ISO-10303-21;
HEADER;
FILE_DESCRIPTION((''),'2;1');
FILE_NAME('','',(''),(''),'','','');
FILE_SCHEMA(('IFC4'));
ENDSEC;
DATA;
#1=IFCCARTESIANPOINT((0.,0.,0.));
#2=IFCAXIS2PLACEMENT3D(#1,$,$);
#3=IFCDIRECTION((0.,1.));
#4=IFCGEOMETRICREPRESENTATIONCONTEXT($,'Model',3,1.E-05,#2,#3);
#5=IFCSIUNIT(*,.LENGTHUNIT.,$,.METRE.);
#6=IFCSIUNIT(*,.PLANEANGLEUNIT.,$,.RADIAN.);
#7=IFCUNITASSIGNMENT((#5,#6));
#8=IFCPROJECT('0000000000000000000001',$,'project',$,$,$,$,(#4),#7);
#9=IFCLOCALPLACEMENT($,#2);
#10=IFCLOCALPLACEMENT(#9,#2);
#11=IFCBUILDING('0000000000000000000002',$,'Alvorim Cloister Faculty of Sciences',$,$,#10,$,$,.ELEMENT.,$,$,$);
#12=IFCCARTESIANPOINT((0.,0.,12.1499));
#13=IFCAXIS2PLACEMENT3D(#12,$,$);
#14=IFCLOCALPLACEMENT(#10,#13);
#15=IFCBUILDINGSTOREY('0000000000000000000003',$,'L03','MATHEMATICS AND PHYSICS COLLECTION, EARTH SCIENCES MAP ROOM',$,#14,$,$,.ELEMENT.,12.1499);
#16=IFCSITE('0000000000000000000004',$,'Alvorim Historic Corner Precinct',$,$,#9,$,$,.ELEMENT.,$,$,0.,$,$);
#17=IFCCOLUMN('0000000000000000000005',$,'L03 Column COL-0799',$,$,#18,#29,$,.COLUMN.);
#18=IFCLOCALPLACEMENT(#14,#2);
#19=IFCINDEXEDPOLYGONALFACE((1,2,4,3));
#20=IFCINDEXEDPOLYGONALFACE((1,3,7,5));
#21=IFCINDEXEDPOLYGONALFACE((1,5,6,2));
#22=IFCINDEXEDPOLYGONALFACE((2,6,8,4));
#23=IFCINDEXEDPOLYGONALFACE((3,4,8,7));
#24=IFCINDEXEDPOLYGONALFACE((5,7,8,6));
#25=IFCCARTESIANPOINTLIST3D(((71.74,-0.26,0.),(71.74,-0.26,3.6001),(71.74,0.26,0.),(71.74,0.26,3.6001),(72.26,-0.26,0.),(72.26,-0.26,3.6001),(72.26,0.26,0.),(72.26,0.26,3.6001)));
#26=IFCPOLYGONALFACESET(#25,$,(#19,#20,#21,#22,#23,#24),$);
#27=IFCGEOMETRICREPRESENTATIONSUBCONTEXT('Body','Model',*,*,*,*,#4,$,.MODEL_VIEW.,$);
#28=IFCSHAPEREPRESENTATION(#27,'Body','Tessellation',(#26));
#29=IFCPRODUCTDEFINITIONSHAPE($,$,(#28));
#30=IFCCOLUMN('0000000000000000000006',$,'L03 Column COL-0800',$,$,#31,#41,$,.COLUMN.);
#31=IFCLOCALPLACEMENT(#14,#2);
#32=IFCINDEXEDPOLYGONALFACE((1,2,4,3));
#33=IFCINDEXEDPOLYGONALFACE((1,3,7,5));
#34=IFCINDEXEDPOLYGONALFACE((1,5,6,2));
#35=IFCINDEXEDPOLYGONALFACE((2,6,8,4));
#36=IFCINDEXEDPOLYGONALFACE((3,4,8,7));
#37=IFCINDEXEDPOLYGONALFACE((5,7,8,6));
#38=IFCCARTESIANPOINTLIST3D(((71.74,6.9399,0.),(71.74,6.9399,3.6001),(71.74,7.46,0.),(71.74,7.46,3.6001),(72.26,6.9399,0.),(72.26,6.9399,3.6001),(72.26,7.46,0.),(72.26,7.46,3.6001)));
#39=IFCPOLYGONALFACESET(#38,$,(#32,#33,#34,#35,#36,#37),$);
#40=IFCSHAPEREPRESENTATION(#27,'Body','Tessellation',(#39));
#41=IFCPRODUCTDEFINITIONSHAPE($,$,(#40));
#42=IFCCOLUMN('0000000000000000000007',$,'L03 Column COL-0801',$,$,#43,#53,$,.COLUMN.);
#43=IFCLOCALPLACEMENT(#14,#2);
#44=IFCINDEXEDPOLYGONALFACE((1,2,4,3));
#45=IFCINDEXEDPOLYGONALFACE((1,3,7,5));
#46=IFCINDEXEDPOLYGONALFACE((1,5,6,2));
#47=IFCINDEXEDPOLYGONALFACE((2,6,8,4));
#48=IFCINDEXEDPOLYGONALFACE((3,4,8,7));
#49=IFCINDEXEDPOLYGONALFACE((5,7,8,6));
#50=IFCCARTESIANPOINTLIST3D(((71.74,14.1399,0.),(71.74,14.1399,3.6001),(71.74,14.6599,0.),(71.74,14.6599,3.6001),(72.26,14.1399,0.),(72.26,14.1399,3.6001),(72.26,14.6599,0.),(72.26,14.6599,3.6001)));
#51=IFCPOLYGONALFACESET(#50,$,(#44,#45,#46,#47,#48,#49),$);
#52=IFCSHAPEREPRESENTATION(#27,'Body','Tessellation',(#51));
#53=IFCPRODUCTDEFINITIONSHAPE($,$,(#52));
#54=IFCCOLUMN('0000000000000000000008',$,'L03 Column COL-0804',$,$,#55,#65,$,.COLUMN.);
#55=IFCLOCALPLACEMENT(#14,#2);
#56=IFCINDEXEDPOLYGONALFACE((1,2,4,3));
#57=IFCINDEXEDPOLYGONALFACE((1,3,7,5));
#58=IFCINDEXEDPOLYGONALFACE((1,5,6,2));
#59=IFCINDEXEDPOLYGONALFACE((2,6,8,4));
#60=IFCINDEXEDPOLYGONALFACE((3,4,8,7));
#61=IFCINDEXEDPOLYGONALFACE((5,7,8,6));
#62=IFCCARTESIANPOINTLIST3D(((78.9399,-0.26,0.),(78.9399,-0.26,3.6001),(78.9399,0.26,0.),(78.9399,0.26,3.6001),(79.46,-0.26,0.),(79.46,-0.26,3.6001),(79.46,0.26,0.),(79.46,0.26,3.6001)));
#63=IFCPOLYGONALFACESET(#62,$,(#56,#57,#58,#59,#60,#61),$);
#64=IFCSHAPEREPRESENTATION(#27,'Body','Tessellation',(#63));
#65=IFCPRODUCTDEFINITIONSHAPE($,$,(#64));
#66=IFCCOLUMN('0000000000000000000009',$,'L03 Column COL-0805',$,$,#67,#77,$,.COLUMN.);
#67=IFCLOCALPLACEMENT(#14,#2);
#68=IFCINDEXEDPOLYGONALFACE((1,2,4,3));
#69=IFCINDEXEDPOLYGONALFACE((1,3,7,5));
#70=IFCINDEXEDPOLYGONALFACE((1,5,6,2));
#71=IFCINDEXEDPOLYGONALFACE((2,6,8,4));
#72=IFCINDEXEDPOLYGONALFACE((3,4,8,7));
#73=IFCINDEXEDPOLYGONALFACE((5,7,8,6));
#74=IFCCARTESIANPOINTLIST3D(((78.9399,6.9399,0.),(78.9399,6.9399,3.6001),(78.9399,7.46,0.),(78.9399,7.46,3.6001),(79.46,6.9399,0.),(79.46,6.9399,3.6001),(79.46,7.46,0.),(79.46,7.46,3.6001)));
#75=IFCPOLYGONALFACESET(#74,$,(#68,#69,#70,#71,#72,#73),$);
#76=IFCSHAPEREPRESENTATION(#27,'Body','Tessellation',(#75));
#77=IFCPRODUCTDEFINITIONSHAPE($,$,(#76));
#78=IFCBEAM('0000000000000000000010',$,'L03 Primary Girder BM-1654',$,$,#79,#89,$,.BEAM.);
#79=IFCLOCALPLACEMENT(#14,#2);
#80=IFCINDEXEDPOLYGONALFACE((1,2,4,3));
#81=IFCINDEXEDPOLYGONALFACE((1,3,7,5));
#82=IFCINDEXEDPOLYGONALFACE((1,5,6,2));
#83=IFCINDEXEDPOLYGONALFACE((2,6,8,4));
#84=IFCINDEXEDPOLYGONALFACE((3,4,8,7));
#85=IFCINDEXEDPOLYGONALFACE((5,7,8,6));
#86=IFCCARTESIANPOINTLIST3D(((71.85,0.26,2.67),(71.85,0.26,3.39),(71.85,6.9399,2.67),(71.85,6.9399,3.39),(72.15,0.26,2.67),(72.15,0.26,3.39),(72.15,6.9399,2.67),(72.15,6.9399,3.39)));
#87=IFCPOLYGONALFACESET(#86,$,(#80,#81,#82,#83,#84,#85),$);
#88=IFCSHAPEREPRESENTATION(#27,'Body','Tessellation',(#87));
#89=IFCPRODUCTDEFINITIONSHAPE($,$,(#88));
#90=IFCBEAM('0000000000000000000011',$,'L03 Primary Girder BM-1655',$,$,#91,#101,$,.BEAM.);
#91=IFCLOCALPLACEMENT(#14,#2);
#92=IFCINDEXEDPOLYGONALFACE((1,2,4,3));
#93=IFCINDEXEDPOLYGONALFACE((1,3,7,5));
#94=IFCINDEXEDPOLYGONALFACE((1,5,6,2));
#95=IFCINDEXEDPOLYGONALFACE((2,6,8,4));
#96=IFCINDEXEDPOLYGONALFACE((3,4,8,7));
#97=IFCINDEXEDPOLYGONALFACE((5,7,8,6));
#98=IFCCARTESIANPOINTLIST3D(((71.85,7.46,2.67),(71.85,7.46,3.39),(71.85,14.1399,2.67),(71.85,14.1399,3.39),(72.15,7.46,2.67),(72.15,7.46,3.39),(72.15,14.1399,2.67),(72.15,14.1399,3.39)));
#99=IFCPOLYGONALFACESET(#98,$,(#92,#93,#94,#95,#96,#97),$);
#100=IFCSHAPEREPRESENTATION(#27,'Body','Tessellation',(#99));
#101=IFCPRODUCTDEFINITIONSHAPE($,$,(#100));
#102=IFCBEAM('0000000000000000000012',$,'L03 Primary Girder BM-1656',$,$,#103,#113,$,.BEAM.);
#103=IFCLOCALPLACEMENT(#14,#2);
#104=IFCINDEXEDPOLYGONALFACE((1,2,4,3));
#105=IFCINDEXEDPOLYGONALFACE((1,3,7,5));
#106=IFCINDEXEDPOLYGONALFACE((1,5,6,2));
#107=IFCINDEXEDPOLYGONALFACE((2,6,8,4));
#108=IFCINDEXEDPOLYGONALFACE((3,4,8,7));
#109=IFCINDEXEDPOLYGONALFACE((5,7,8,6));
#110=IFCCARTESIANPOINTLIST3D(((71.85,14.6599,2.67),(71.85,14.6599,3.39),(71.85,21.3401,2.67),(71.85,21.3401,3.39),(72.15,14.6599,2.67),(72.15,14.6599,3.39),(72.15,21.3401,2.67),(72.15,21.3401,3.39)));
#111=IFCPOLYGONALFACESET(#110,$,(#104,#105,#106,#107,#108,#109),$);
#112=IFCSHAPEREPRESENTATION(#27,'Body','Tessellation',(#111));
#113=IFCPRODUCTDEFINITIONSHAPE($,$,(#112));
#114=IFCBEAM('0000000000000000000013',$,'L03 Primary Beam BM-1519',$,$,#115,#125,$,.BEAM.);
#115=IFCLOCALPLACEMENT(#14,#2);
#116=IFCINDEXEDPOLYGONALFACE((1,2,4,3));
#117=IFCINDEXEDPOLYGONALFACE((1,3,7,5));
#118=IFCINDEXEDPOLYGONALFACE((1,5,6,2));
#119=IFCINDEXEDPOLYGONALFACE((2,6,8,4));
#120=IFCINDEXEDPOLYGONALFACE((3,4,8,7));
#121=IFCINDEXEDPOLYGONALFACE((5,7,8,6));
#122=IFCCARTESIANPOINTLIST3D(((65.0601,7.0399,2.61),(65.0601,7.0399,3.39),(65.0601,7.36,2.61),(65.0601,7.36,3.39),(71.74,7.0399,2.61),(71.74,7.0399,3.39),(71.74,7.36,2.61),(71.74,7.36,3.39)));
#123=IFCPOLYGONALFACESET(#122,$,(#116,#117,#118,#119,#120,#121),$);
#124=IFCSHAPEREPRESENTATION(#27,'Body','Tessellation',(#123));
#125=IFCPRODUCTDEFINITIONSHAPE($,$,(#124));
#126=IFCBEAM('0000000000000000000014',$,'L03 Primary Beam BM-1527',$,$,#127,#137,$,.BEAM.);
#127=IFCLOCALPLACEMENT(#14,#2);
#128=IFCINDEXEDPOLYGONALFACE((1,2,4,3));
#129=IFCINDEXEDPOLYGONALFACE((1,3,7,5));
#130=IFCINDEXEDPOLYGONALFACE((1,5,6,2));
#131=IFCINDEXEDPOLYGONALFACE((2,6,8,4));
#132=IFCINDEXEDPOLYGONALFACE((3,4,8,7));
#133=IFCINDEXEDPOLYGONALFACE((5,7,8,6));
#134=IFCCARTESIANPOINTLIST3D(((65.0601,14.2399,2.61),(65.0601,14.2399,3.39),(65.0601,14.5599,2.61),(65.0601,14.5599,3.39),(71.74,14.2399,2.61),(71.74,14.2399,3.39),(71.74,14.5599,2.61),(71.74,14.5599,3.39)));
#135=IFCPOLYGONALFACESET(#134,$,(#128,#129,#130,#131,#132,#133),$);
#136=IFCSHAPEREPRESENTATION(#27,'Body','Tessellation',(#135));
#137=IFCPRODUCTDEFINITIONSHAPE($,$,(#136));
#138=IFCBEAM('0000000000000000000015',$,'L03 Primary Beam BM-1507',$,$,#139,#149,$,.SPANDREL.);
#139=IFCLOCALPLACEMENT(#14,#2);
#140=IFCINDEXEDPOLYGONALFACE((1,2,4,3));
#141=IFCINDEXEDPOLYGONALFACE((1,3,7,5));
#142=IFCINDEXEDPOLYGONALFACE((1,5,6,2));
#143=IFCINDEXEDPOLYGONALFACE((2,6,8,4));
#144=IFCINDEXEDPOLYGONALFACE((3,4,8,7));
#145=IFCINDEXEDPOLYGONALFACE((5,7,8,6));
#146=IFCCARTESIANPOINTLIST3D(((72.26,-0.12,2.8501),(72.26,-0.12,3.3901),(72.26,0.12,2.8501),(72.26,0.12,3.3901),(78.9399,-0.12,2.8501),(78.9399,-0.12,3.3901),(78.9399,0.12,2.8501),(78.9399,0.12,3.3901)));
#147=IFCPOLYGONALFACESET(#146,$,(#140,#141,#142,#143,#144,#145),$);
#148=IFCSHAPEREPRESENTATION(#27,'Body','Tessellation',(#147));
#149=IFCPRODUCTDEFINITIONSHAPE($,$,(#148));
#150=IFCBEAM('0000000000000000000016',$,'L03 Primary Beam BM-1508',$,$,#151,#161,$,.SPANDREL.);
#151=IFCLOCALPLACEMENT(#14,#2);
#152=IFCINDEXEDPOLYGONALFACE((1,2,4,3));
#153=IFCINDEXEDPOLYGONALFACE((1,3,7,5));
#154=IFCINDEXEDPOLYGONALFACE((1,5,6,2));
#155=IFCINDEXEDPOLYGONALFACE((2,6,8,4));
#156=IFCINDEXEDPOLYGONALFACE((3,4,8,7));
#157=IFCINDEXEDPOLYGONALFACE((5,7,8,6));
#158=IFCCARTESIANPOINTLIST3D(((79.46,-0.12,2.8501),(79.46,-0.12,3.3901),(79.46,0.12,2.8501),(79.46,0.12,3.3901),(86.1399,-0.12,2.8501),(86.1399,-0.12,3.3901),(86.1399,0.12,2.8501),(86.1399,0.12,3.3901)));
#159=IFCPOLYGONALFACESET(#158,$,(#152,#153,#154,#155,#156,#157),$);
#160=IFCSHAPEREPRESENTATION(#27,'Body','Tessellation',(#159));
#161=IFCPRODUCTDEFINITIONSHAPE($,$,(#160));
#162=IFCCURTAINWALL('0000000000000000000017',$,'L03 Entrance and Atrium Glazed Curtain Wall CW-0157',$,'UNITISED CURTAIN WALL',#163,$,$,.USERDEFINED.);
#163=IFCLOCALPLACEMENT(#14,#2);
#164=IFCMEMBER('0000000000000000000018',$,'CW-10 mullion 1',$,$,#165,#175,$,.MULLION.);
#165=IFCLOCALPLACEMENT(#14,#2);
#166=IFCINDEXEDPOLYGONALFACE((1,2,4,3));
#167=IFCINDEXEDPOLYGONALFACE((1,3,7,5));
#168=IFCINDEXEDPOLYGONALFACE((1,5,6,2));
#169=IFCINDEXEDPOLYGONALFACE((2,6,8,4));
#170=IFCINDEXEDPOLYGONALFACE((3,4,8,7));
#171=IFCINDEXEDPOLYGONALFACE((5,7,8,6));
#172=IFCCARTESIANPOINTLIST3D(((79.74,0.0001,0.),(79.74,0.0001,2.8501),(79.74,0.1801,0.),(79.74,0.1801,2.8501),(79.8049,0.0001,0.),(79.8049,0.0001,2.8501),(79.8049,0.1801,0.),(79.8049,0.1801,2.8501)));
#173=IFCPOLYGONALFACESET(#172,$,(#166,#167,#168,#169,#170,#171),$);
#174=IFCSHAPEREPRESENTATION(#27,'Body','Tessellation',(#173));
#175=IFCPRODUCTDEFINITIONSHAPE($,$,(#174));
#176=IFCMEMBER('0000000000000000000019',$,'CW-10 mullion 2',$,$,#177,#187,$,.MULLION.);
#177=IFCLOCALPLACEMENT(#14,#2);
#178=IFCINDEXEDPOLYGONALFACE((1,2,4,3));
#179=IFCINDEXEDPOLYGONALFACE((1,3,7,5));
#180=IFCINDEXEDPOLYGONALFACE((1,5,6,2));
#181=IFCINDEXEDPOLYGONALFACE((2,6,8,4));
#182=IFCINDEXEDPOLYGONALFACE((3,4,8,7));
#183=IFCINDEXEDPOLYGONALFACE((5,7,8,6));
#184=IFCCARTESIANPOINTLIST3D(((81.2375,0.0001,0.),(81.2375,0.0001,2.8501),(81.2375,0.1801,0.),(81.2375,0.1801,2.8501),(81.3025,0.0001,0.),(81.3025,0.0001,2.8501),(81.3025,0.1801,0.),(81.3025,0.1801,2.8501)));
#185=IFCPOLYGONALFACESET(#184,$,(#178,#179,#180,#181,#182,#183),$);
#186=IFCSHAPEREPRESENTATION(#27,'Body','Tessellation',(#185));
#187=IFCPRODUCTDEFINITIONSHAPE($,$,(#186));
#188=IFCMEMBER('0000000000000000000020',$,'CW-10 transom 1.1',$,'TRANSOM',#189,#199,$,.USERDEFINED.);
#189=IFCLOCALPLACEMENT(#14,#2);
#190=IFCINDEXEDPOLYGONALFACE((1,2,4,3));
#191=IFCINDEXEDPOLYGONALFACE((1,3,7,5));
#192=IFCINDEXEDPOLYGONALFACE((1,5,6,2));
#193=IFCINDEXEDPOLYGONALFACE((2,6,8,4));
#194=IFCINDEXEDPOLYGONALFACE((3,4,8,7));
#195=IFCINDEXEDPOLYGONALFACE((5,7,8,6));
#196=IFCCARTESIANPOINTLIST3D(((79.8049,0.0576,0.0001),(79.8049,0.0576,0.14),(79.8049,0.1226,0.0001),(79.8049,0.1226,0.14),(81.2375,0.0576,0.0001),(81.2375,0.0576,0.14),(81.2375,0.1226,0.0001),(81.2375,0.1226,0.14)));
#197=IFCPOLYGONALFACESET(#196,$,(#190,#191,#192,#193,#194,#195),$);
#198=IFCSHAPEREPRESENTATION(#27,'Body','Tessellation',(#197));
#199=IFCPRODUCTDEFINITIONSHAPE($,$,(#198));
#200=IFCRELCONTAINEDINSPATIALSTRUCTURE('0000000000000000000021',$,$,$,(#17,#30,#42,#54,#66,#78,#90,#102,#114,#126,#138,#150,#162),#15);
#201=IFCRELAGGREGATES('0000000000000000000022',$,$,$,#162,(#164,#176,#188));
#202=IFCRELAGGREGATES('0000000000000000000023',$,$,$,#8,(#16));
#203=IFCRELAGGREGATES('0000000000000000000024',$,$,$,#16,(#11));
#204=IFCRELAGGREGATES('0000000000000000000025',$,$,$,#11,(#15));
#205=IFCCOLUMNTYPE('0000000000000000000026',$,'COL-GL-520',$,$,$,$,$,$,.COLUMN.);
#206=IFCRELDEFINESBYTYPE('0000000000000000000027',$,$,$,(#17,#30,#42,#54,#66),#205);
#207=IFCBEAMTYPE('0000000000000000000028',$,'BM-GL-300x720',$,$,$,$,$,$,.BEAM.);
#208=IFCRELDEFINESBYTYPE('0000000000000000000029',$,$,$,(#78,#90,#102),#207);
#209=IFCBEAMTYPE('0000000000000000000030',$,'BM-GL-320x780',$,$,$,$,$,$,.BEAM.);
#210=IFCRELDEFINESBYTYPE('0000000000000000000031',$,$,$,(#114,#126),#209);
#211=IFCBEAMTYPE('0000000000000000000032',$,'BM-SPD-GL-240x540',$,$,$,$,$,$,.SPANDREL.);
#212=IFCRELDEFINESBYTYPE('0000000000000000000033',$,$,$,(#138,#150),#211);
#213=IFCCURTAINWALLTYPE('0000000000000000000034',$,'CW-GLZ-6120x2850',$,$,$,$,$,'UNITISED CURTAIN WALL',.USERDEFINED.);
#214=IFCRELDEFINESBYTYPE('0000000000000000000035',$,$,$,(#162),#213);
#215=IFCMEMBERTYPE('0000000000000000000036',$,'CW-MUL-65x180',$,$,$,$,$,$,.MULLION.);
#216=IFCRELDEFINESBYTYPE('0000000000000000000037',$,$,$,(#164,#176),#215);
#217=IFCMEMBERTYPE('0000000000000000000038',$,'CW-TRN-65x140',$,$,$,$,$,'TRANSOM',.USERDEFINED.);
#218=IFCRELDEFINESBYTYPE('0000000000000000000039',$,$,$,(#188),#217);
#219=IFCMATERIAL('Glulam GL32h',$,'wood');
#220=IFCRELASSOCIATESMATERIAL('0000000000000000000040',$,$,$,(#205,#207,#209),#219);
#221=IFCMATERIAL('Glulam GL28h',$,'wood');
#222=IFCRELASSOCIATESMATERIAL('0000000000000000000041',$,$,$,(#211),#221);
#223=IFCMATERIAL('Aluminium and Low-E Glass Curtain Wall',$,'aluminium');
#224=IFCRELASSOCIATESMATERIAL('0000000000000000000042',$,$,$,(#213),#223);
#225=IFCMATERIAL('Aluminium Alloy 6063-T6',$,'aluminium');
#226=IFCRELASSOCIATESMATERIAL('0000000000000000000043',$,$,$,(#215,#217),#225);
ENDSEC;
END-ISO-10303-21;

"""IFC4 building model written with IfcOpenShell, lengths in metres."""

from ifc_helpers import new_model, si_unit, direction, frame, origin, origin_2d, place, context, subcontext, project, spatial, rectangle, extrude, material, material_profile, profile_set, type_object, element, aggregate, save


model = new_model("IFC4")

# Units and contexts
model_context = context("Model", 3, precision=1e-05, world=origin(), true_north=direction((0.0, 1.0)))
body_context = subcontext(model_context, "Body", "Model", "MODEL_VIEW")
ifc_project = project(units=[si_unit("LENGTHUNIT", "METRE"), si_unit("PLANEANGLEUNIT", "RADIAN")], contexts=[model_context])

# Site, building, storey
site_placement = place(None, origin())
site = spatial("IfcSite", under=ifc_project, at=site_placement, Name="Alvorim Historic Corner Precinct", CompositionType="ELEMENT", RefElevation=0.0)
building_placement = place(site_placement, origin())
building = spatial("IfcBuilding", under=site, at=building_placement, Name="Alvorim Cloister Faculty of Sciences", CompositionType="ELEMENT")
storey_placement = place(building_placement, frame((0.0, 0.0, 12.1499)))
storey = spatial("IfcBuildingStorey", under=building, at=storey_placement, Name="L03", Description="MATHEMATICS AND PHYSICS COLLECTION, EARTH SCIENCES MAP ROOM", CompositionType="ELEMENT", Elevation=12.1499)

# Columns
ifc_material_1 = material(Name="Glulam GL32h", Category="wood")
ifc_material_profile_1 = material_profile(ifc_material_1, rectangle(XDim=0.52, YDim=0.52, at=origin_2d()), Name="GL32-COL-520x520")
ifc_profile_set_1 = profile_set([ifc_material_profile_1], Name="Glulam GL32h")
column_type = type_object("IfcColumnType", Name="COL-GL-520", PredefinedType="COLUMN", material=ifc_profile_set_1)
for number, where, z_axis, x_axis, name in (
    (1, (72.0, 0.0, 0.0), (0.0, 0.0, 1.0), (1.0, 0.0, 0.0), "L03 Column COL-0799"),
    (2, (72.0, 7.2, 0.0), (0.0, 0.0, 1.0), (1.0, 0.0, 0.0), "L03 Column COL-0800"),
    (3, (72.0, 14.3999, 0.0), (0.0, 0.0, 1.0), (1.0, 0.0, 0.0), "L03 Column COL-0801"),
    (4, (79.2, 0.0, 0.0), (0.0, 0.0, 1.0), (1.0, 0.0, 0.0), "L03 Column COL-0804"),
    (5, (79.2, 7.2, 0.0), (0.0, 0.0, 1.0), (1.0, 0.0, 0.0), "L03 Column COL-0805"),
):
    element("IfcColumn", number, at=place(storey_placement, frame(where, z_axis=z_axis, x_axis=x_axis)), inside=storey, type_object=column_type, Name=name, PredefinedType="COLUMN", context=body_context, shape_type="SweptSolid", body=[
        extrude(rectangle(XDim=0.52, YDim=0.52, at=origin_2d()), origin(), (0.0, 0.0, 1.0), 3.6001),
    ])

# Beams
ifc_material_profile_2 = material_profile(ifc_material_1, rectangle(XDim=0.3, YDim=0.72, at=origin_2d()), Name="GL32-BM-300x720")
ifc_profile_set_2 = profile_set([ifc_material_profile_2], Name="Glulam GL32h")
beam_type_1 = type_object("IfcBeamType", Name="BM-GL-300x720", PredefinedType="BEAM", material=ifc_profile_set_2)
for number, where, z_axis, x_axis, name in (
    (6, (72.0, 0.26, 3.03), (0.0, 1.0, 0.0), (-1.0, 0.0, 0.0), "L03 Primary Girder BM-1654"),
    (7, (72.0, 7.46, 3.03), (0.0, 1.0, 0.0), (-1.0, 0.0, 0.0), "L03 Primary Girder BM-1655"),
):
    element("IfcBeam", number, at=place(storey_placement, frame(where, z_axis=z_axis, x_axis=x_axis)), inside=storey, type_object=beam_type_1, Name=name, PredefinedType="BEAM", context=body_context, shape_type="SweptSolid", body=[
        extrude(rectangle(XDim=0.3, YDim=0.72, at=origin_2d()), origin(), (0.0, 0.0, 1.0), 6.6799),
    ])
beam_placement = place(storey_placement, frame((72.0, 14.6599, 3.03), z_axis=(0.0, 1.0, 0.0), x_axis=(-1.0, 0.0, 0.0)))
element("IfcBeam", 8, at=beam_placement, inside=storey, type_object=beam_type_1, Name="L03 Primary Girder BM-1656", PredefinedType="BEAM", context=body_context, shape_type="SweptSolid", body=[
    extrude(rectangle(XDim=0.3, YDim=0.72, at=origin_2d()), origin(), (0.0, 0.0, 1.0), 6.6802),
])
ifc_material_profile_3 = material_profile(ifc_material_1, rectangle(XDim=0.3201, YDim=0.78, at=origin_2d()), Name="GL32-BM-320x780")
ifc_profile_set_3 = profile_set([ifc_material_profile_3], Name="Glulam GL32h")
beam_type_2 = type_object("IfcBeamType", Name="BM-GL-320x780", PredefinedType="BEAM", material=ifc_profile_set_3)
for number, where, z_axis, x_axis, name in (
    (9, (65.0601, 7.2, 3.0), (1.0, 0.0, 0.0), (0.0, 1.0, 0.0), "L03 Primary Beam BM-1519"),
    (10, (65.0601, 14.3999, 3.0), (1.0, 0.0, 0.0), (0.0, 1.0, 0.0), "L03 Primary Beam BM-1527"),
):
    element("IfcBeam", number, at=place(storey_placement, frame(where, z_axis=z_axis, x_axis=x_axis)), inside=storey, type_object=beam_type_2, Name=name, PredefinedType="BEAM", context=body_context, shape_type="SweptSolid", body=[
        extrude(rectangle(XDim=0.3201, YDim=0.78, at=origin_2d()), origin(), (0.0, 0.0, 1.0), 6.6799),
    ])
ifc_material_2 = material(Name="Glulam GL28h", Category="wood")
ifc_material_profile_4 = material_profile(ifc_material_2, rectangle(XDim=0.24, YDim=0.54, at=origin_2d()), Name="GL28-SPD-240x540")
ifc_profile_set_4 = profile_set([ifc_material_profile_4], Name="Glulam GL28h")
beam_type_3 = type_object("IfcBeamType", Name="BM-SPD-GL-240x540", PredefinedType="SPANDREL", material=ifc_profile_set_4)
for number, where, z_axis, x_axis, name in (
    (11, (72.26, 0.0, 3.1201), (1.0, 0.0, 0.0), (0.0, 1.0, 0.0), "L03 Primary Beam BM-1507"),
    (12, (79.46, 0.0, 3.1201), (1.0, 0.0, 0.0), (0.0, 1.0, 0.0), "L03 Primary Beam BM-1508"),
):
    element("IfcBeam", number, at=place(storey_placement, frame(where, z_axis=z_axis, x_axis=x_axis)), inside=storey, type_object=beam_type_3, Name=name, PredefinedType="SPANDREL", context=body_context, shape_type="SweptSolid", body=[
        extrude(rectangle(XDim=0.24, YDim=0.54, at=origin_2d()), origin(), (0.0, 0.0, 1.0), 6.6799),
    ])

# Curtain wall, members
ifc_material_3 = material(Name="Aluminium and Low-E Glass Curtain Wall", Category="aluminium")
curtain_wall_type = type_object("IfcCurtainWallType", Name="CW-GLZ-6120x2850", ElementType="UNITISED CURTAIN WALL", PredefinedType="USERDEFINED", material=ifc_material_3)
curtain_wall_placement = place(storey_placement, origin())
curtain_wall = element("IfcCurtainWall", 13, at=curtain_wall_placement, inside=storey, type_object=curtain_wall_type, Name="L03 Entrance and Atrium Glazed Curtain Wall CW-0157", ObjectType="UNITISED CURTAIN WALL", PredefinedType="USERDEFINED")
ifc_material_4 = material(Name="Aluminium Alloy 6063-T6", Category="aluminium")
ifc_material_profile_5 = material_profile(ifc_material_4, rectangle(XDim=0.0649, YDim=0.1799, at=origin_2d()), Name="ALU-MUL-65x180")
ifc_profile_set_5 = profile_set([ifc_material_profile_5], Name="Aluminium Alloy 6063-T6")
member_type_1 = type_object("IfcMemberType", Name="CW-MUL-65x180", PredefinedType="MULLION", material=ifc_profile_set_5)
member_1_placement = place(storey_placement, frame((79.7725, 0.0901, 0.0), z_axis=(0.0, 0.0, 1.0), x_axis=(1.0, 0.0, 0.0)))
member_1 = element("IfcMember", 14, at=member_1_placement, type_object=member_type_1, Name="CW-10 mullion 1", PredefinedType="MULLION", context=body_context, shape_type="SweptSolid", body=[
    extrude(rectangle(XDim=0.0649, YDim=0.1799, at=origin_2d()), origin(), (0.0, 0.0, 1.0), 2.8501),
])
member_2_placement = place(storey_placement, frame((81.27, 0.0901, 0.0), z_axis=(0.0, 0.0, 1.0), x_axis=(1.0, 0.0, 0.0)))
member_2 = element("IfcMember", 15, at=member_2_placement, type_object=member_type_1, Name="CW-10 mullion 2", PredefinedType="MULLION", context=body_context, shape_type="SweptSolid", body=[
    extrude(rectangle(XDim=0.0649, YDim=0.1799, at=origin_2d()), origin(), (0.0, 0.0, 1.0), 2.8501),
])
ifc_material_profile_6 = material_profile(ifc_material_4, rectangle(XDim=0.0649, YDim=0.1399, at=origin_2d()), Name="ALU-TRN-65x140")
ifc_profile_set_6 = profile_set([ifc_material_profile_6], Name="Aluminium Alloy 6063-T6")
member_type_2 = type_object("IfcMemberType", Name="CW-TRN-65x140", ElementType="TRANSOM", PredefinedType="USERDEFINED", material=ifc_profile_set_6)
member_3_placement = place(storey_placement, frame((79.8049, 0.0901, 0.0701), z_axis=(1.0, 0.0, 0.0), x_axis=(0.0, 1.0, 0.0)))
member_3 = element("IfcMember", 16, at=member_3_placement, type_object=member_type_2, Name="CW-10 transom 1.1", ObjectType="TRANSOM", PredefinedType="USERDEFINED", context=body_context, shape_type="SweptSolid", body=[
    extrude(rectangle(XDim=0.0649, YDim=0.1399, at=origin_2d()), origin(), (0.0, 0.0, 1.0), 1.4326),
])
aggregate(curtain_wall, [member_1, member_2, member_3])

save(model, "model.ifc")
